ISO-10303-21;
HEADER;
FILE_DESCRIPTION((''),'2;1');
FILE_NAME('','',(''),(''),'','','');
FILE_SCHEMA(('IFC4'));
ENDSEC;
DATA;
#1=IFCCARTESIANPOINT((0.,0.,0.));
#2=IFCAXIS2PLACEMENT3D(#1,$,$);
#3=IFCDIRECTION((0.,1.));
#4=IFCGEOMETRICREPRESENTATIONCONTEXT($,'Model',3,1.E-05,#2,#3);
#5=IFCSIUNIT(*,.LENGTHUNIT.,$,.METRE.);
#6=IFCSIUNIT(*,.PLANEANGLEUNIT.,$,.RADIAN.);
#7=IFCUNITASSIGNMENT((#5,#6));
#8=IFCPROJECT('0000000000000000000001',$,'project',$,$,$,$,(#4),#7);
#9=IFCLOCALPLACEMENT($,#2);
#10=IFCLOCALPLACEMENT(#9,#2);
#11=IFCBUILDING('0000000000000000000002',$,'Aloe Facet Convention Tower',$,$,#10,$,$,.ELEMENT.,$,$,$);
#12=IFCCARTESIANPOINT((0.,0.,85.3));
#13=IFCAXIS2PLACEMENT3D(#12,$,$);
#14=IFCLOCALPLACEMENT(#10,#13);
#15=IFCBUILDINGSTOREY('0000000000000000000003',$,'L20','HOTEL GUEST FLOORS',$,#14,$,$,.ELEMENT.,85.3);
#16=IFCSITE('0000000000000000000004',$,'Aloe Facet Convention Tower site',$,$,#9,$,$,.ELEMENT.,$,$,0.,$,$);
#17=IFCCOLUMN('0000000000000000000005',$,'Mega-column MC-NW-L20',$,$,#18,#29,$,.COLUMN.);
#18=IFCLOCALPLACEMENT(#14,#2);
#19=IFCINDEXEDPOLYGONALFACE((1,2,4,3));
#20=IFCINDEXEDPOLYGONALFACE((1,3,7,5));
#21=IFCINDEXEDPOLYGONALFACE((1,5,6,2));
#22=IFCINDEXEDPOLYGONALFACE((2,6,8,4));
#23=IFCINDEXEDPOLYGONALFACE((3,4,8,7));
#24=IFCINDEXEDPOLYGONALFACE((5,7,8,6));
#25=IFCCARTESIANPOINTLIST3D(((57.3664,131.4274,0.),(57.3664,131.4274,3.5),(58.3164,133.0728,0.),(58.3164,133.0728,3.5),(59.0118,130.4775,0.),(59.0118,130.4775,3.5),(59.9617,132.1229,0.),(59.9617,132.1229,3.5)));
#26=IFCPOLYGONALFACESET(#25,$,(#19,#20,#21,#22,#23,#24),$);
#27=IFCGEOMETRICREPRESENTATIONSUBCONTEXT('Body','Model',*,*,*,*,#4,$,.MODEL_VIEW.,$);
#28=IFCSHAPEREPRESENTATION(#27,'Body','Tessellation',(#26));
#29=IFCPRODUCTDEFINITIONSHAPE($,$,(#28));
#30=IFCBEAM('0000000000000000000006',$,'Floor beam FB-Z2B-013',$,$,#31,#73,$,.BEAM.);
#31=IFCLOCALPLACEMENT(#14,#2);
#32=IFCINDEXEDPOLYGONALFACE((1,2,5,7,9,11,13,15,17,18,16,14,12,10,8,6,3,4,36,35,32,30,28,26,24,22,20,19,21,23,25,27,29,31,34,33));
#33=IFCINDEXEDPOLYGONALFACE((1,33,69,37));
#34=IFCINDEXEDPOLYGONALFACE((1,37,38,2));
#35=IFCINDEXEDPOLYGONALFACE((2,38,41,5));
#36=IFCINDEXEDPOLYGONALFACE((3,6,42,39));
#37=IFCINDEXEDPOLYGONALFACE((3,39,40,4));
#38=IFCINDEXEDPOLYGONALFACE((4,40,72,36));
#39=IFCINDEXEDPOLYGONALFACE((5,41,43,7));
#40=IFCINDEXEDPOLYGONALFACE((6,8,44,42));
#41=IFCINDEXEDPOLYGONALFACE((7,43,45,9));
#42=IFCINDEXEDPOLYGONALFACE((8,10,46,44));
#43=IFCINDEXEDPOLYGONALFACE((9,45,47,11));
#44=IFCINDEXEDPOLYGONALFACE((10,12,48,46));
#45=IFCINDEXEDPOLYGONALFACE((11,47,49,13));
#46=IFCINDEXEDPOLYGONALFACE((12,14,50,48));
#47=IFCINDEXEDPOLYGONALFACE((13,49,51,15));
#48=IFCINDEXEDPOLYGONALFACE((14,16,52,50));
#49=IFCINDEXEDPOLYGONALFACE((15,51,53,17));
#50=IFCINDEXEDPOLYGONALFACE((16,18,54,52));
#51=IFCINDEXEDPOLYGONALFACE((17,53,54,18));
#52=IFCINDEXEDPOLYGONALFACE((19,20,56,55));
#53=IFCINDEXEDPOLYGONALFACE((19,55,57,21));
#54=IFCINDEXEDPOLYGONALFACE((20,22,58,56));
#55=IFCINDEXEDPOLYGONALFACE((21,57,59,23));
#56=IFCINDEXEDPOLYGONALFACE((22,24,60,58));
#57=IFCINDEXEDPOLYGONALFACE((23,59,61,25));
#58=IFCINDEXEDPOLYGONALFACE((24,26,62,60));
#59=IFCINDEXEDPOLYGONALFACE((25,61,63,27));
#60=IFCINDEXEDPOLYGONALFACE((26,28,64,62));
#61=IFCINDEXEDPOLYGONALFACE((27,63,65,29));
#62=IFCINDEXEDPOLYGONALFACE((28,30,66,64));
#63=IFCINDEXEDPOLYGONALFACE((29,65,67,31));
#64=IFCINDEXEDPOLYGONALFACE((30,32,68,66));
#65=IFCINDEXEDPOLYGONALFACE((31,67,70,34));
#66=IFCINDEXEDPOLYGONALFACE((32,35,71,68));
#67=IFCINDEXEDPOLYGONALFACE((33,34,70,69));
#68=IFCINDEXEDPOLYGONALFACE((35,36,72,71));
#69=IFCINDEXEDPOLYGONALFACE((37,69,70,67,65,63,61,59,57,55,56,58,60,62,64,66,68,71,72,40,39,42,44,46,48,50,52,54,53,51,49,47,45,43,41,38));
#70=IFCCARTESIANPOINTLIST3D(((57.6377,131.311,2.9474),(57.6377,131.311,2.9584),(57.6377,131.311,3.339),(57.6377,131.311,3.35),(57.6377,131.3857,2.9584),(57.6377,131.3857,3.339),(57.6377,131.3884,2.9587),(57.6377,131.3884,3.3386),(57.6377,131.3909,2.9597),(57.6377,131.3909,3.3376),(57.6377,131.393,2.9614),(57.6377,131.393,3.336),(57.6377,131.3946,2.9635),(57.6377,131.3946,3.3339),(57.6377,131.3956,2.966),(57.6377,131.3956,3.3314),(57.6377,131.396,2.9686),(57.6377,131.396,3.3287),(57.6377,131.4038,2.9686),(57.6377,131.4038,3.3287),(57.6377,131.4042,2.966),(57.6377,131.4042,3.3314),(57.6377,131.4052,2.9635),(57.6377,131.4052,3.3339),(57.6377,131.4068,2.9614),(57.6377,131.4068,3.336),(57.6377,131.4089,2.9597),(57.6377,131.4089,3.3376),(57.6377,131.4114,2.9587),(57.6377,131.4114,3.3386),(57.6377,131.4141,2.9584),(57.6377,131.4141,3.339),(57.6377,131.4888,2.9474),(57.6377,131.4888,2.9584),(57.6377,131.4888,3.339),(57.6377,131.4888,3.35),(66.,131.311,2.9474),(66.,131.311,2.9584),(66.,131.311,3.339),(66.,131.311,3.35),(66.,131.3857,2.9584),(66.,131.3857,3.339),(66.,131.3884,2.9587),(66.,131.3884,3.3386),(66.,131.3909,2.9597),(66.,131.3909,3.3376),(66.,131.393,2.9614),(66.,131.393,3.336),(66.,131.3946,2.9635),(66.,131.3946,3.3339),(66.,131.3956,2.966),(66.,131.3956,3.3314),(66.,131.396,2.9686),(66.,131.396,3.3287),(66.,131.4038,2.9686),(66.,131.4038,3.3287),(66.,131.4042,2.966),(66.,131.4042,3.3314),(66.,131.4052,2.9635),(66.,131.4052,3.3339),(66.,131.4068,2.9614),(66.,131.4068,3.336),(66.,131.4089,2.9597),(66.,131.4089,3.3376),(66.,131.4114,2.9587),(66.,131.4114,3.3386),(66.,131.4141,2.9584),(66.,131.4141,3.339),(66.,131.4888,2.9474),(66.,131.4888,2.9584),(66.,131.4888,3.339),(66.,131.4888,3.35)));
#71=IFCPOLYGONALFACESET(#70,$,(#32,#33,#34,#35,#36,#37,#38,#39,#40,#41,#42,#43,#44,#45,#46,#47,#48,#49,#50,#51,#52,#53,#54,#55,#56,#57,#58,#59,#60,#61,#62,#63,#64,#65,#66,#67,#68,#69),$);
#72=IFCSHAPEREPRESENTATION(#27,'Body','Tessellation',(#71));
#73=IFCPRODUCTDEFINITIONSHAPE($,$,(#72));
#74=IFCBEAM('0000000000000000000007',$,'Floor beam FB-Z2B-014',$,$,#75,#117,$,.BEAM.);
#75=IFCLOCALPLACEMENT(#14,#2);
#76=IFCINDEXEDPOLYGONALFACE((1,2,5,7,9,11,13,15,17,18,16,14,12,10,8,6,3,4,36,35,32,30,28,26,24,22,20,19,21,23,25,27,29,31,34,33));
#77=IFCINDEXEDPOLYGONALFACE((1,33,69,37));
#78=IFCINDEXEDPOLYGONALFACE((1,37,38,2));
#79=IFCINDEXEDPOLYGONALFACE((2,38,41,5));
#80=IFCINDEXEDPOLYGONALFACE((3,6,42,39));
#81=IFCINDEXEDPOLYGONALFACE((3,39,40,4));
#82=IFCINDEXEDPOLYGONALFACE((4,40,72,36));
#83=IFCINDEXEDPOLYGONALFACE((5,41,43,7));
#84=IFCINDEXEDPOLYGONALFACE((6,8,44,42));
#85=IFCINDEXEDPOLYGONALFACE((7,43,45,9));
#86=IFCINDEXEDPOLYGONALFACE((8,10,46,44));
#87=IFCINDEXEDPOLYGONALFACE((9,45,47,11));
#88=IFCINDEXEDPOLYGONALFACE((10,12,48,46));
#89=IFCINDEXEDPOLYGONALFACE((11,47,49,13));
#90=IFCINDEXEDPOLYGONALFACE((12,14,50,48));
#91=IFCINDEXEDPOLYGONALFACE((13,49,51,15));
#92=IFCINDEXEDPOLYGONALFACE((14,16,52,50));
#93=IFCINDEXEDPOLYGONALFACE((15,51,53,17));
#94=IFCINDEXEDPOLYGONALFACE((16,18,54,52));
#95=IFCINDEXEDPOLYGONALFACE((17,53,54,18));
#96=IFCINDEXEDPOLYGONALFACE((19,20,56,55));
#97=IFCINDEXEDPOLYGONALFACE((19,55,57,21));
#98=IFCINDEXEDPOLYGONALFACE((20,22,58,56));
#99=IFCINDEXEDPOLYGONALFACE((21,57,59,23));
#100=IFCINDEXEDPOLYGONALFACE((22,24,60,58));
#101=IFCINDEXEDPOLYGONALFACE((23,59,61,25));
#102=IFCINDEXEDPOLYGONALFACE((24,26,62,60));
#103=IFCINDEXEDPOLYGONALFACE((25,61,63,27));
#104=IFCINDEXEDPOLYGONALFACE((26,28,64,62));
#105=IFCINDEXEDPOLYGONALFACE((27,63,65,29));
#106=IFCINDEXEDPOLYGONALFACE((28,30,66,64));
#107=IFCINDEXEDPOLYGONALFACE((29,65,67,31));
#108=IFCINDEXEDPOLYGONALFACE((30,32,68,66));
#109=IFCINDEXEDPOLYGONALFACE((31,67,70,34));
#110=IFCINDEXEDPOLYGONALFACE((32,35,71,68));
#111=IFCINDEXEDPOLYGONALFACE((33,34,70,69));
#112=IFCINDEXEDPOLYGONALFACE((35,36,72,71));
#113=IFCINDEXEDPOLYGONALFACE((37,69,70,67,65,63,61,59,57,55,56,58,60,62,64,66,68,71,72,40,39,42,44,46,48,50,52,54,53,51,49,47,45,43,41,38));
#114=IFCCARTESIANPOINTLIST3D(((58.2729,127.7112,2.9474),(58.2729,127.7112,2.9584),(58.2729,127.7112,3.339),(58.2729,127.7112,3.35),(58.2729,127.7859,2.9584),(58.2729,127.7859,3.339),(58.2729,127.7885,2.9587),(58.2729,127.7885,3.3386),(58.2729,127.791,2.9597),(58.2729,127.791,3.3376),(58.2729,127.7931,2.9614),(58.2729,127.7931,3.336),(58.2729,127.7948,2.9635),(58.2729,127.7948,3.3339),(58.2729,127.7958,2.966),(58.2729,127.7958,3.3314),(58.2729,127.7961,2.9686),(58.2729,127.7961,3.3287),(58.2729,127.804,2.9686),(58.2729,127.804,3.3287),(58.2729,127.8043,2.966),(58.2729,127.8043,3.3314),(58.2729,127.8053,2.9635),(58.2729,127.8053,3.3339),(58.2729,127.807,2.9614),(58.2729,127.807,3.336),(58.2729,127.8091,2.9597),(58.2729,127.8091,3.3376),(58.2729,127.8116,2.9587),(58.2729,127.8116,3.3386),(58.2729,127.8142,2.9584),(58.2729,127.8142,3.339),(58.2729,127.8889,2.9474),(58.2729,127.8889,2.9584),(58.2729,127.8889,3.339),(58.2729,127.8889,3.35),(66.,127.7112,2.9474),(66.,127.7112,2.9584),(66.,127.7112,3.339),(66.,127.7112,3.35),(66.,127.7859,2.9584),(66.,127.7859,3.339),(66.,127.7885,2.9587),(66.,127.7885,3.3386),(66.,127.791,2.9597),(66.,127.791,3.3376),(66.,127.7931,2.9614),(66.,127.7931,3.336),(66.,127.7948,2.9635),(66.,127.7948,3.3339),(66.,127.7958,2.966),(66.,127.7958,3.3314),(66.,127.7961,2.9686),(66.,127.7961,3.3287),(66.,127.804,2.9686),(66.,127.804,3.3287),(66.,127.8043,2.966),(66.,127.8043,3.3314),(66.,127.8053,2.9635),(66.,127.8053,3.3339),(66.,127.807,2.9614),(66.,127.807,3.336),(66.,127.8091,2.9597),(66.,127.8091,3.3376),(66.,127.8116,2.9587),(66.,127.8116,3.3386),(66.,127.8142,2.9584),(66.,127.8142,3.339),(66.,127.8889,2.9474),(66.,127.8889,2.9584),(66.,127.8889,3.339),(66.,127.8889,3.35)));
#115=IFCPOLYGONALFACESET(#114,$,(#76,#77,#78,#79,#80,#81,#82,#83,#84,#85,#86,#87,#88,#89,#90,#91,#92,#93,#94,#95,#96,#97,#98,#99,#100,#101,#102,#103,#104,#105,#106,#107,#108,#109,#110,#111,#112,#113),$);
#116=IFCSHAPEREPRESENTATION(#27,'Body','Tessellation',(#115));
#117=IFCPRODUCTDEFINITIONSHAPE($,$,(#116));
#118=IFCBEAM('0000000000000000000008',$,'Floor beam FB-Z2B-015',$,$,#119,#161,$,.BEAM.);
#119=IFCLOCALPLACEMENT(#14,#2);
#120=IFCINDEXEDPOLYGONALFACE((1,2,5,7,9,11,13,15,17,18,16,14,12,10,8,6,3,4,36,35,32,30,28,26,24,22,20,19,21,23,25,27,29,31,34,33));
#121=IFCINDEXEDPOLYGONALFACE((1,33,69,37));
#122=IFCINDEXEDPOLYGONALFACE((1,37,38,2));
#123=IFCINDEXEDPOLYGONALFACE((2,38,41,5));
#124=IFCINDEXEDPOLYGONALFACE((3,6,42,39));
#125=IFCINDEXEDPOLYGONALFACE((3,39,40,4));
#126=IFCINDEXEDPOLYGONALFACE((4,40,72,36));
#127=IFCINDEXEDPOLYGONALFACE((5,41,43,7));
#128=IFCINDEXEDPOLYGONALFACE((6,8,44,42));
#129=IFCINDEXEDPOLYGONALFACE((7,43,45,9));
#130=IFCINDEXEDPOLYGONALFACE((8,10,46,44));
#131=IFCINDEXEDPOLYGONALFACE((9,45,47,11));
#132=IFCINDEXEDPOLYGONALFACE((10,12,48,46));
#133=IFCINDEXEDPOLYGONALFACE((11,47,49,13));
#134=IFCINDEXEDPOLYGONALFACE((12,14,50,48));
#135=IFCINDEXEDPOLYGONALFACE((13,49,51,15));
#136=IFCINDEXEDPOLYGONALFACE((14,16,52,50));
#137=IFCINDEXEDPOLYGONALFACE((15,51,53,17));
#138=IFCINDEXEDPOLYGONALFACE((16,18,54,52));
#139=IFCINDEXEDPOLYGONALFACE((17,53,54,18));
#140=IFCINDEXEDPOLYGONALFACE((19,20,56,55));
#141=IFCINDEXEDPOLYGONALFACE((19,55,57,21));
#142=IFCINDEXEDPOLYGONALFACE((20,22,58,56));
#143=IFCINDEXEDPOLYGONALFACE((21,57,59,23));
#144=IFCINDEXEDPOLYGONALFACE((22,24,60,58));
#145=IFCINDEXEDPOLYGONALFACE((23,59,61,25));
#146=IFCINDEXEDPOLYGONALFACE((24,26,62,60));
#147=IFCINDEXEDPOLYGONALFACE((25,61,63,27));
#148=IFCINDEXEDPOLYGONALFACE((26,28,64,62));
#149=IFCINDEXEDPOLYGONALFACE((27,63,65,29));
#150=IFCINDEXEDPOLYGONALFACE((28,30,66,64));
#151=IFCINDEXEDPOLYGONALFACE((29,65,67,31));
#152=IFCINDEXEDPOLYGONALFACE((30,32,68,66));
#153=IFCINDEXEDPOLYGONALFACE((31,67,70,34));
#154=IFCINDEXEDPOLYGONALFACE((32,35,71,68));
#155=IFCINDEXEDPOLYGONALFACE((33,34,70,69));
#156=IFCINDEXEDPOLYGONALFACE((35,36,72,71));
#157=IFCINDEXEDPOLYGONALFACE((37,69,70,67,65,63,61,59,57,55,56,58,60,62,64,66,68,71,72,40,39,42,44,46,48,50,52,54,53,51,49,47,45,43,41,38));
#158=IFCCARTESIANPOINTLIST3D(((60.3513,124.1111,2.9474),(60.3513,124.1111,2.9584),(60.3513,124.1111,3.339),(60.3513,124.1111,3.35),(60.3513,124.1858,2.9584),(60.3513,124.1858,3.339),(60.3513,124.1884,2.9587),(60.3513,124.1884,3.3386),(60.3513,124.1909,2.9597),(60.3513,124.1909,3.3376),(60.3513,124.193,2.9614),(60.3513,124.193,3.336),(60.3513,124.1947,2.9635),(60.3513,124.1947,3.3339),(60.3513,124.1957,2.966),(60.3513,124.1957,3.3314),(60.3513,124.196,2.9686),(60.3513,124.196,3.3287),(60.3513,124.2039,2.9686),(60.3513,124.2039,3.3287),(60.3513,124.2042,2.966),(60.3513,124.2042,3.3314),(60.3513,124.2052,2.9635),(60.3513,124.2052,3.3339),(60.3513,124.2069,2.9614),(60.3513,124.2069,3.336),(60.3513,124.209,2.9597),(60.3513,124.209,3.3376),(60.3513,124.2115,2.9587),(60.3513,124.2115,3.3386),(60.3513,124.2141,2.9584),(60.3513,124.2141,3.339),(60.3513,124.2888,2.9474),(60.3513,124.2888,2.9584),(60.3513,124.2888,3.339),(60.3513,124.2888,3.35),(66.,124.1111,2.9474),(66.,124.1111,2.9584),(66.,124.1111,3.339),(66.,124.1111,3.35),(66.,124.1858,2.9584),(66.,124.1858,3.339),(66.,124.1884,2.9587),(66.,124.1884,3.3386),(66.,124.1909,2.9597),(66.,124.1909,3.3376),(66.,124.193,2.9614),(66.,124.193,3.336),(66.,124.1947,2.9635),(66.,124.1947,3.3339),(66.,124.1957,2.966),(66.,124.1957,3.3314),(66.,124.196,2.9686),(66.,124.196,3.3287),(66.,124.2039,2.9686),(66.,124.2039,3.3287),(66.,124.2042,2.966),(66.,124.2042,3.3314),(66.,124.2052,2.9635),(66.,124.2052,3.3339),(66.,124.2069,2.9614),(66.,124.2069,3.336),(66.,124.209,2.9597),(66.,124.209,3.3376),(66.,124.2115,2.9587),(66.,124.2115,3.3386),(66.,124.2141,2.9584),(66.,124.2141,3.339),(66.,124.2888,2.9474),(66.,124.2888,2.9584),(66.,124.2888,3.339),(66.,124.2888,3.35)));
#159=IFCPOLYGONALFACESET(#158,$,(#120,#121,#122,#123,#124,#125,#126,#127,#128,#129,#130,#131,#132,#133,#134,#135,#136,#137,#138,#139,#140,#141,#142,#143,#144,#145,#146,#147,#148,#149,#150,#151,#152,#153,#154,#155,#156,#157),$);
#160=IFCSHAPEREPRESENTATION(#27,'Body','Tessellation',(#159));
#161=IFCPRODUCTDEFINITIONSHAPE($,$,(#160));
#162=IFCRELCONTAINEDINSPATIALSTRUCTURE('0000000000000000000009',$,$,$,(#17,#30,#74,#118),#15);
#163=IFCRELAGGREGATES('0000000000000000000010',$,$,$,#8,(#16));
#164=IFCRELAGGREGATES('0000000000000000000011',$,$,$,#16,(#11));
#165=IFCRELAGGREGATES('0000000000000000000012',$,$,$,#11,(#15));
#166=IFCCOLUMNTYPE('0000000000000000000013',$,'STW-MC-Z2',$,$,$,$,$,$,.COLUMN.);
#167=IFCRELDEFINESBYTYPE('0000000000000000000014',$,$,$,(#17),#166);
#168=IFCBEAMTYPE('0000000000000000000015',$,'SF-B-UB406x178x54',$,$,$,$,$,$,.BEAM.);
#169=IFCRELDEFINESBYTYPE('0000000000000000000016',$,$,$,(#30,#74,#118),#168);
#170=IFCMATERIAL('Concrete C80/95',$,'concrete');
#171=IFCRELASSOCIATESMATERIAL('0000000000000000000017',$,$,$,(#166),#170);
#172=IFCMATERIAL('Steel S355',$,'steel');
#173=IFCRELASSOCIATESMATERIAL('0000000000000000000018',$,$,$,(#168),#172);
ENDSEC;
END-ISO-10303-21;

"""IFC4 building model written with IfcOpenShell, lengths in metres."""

from ifc_helpers import new_model, si_unit, direction, frame, origin, origin_2d, place, context, subcontext, project, spatial, rectangle, i_section, extrude, material, material_profile, profile_set, type_object, element, save


model = new_model("IFC4")

# Units and contexts
model_context = context("Model", 3, precision=1e-05, world=origin(), true_north=direction((0.0, 1.0)))
body_context = subcontext(model_context, "Body", "Model", "MODEL_VIEW")
ifc_project = project(units=[si_unit("LENGTHUNIT", "METRE"), si_unit("PLANEANGLEUNIT", "RADIAN")], contexts=[model_context])

# Site, building, storey
site_placement = place(None, origin())
site = spatial("IfcSite", under=ifc_project, at=site_placement, Name="Aloe Facet Convention Tower site", CompositionType="ELEMENT", RefElevation=0.0)
building_placement = place(site_placement, origin())
building = spatial("IfcBuilding", under=site, at=building_placement, Name="Aloe Facet Convention Tower", CompositionType="ELEMENT")
storey_placement = place(building_placement, frame((0.0, 0.0, 85.3)))
storey = spatial("IfcBuildingStorey", under=building, at=storey_placement, Name="L20", Description="HOTEL GUEST FLOORS", CompositionType="ELEMENT", Elevation=85.3)

# Column
ifc_material_1 = material(Name="Concrete C80/95", Category="concrete")
ifc_material_profile_1 = material_profile(ifc_material_1, rectangle(XDim=1.8999, YDim=1.8999, at=origin_2d()), Name="STW-MC-Z2")
ifc_profile_set_1 = profile_set([ifc_material_profile_1], Name="Concrete C80/95")
column_type = type_object("IfcColumnType", Name="STW-MC-Z2", PredefinedType="COLUMN", material=ifc_profile_set_1)
column_placement = place(storey_placement, frame((58.6641, 131.7751, 0.0), z_axis=(0.0, 0.0, 1.0), x_axis=(-0.5, -0.866025, 0.0)))
element("IfcColumn", 1, at=column_placement, inside=storey, type_object=column_type, Name="Mega-column MC-NW-L20", PredefinedType="COLUMN", context=body_context, shape_type="SweptSolid", body=[
    extrude(rectangle(XDim=1.8999, YDim=1.8999, at=origin_2d()), origin(), (0.0, 0.0, 1.0), 3.5),
])

# Beams
ifc_material_2 = material(Name="Steel S355", Category="steel")
ifc_material_profile_2 = material_profile(ifc_material_2, i_section(OverallWidth=0.1777, OverallDepth=0.4026, WebThickness=0.0078, FlangeThickness=0.011, FilletRadius=0.0103, at=origin_2d()), Name="UB 406x178x54")
ifc_profile_set_2 = profile_set([ifc_material_profile_2], Name="Steel S355")
beam_type_1 = type_object("IfcBeamType", Name="SF-B-UB406x178x54", PredefinedType="BEAM", material=ifc_profile_set_2)
beam_1_placement = place(storey_placement, frame((57.6377, 131.3999, 3.1487), z_axis=(1.0, 0.0, 0.0), x_axis=(0.0, 1.0, 0.0)))
element("IfcBeam", 2, at=beam_1_placement, inside=storey, type_object=beam_type_1, Name="Floor beam FB-Z2B-013", PredefinedType="BEAM", context=body_context, shape_type="SweptSolid", body=[
    extrude(i_section(OverallWidth=0.1777, OverallDepth=0.4026, WebThickness=0.0078, FlangeThickness=0.011, FilletRadius=0.0103, at=origin_2d()), origin(), (0.0, 0.0, 1.0), 8.3623),
])
beam_2_placement = place(storey_placement, frame((58.2729, 127.8, 3.1487), z_axis=(1.0, 0.0, 0.0), x_axis=(0.0, 1.0, 0.0)))
element("IfcBeam", 3, at=beam_2_placement, inside=storey, type_object=beam_type_1, Name="Floor beam FB-Z2B-014", PredefinedType="BEAM", context=body_context, shape_type="SweptSolid", body=[
    extrude(i_section(OverallWidth=0.1777, OverallDepth=0.4026, WebThickness=0.0078, FlangeThickness=0.011, FilletRadius=0.0103, at=origin_2d()), origin(), (0.0, 0.0, 1.0), 7.7271),
])
beam_3_placement = place(storey_placement, frame((60.3513, 124.2, 3.1487), z_axis=(1.0, 0.0, 0.0), x_axis=(0.0, 1.0, 0.0)))
element("IfcBeam", 4, at=beam_3_placement, inside=storey, type_object=beam_type_1, Name="Floor beam FB-Z2B-015", PredefinedType="BEAM", context=body_context, shape_type="SweptSolid", body=[
    extrude(i_section(OverallWidth=0.1777, OverallDepth=0.4026, WebThickness=0.0078, FlangeThickness=0.011, FilletRadius=0.0103, at=origin_2d()), origin(), (0.0, 0.0, 1.0), 5.6487),
])

save(model, "model.ifc")
